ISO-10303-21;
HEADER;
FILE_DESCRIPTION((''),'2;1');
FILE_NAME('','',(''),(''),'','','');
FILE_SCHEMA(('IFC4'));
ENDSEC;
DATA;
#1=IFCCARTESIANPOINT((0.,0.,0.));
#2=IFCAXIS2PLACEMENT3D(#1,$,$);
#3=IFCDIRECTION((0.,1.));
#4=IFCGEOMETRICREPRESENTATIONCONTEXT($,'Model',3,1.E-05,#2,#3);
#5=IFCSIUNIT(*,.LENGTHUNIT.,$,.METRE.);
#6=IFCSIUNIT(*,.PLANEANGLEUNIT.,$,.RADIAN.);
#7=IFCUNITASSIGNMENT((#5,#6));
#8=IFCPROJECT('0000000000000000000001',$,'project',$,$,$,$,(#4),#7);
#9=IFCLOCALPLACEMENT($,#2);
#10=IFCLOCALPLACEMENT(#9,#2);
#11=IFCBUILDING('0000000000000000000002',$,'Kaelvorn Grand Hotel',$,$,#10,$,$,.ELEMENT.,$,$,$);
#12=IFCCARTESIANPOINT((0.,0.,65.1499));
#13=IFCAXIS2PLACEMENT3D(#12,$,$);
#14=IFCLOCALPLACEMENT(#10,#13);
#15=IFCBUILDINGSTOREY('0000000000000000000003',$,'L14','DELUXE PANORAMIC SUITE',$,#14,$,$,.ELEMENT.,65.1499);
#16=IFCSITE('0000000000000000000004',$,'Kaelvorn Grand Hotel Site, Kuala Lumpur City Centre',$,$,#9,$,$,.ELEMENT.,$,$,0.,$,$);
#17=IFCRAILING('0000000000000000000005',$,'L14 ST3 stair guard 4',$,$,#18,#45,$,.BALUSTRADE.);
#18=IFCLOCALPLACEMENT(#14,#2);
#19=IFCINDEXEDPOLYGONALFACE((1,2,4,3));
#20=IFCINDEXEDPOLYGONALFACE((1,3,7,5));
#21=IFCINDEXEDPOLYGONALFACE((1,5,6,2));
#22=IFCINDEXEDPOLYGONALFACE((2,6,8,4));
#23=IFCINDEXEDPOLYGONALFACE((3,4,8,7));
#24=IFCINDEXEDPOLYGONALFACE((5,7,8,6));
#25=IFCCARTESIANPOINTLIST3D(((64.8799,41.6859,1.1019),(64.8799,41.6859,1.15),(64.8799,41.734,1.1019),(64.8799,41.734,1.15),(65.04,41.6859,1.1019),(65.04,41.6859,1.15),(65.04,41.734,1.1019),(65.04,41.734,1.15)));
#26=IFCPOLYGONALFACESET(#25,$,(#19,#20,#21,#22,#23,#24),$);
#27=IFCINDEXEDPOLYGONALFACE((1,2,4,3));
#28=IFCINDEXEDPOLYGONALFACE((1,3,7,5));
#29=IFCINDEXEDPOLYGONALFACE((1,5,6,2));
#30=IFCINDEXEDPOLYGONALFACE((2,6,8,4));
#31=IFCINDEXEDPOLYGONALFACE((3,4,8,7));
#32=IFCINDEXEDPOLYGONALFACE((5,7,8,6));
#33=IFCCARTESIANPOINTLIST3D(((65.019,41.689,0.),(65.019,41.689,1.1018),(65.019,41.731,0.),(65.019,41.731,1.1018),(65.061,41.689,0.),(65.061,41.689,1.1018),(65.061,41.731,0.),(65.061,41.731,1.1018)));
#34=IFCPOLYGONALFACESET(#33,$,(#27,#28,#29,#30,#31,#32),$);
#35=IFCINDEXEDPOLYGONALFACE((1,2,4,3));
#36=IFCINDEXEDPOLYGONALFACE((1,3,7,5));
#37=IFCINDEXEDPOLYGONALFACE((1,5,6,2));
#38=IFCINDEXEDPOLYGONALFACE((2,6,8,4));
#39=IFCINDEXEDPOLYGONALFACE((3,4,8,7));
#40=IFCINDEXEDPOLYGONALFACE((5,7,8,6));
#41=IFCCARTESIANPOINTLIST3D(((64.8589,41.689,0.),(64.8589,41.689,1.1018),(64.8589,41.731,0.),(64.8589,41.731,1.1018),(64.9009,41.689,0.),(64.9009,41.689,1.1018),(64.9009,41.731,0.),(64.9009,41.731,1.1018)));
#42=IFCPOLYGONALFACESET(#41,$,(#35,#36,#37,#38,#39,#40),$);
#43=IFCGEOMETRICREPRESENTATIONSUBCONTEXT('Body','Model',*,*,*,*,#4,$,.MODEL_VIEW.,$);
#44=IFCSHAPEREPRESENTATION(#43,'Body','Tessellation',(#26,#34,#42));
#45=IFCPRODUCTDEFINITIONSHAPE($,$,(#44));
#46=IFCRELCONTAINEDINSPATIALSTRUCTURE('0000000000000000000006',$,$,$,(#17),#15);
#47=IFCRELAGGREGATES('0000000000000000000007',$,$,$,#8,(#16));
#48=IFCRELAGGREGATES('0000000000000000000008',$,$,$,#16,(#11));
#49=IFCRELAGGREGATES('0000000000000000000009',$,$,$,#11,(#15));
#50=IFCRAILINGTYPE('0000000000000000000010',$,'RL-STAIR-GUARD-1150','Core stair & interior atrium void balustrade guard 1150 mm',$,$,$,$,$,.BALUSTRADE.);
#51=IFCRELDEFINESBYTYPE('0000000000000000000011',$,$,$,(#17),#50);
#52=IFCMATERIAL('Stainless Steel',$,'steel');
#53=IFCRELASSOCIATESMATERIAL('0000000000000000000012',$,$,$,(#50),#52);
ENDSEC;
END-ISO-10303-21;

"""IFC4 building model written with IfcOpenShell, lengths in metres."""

from ifc_helpers import new_model, si_unit, direction, frame, origin, origin_2d, place, context, subcontext, project, spatial, rectangle, extrude, material, type_object, element, save


model = new_model("IFC4")

# Units and contexts
model_context = context("Model", 3, precision=1e-05, world=origin(), true_north=direction((0.0, 1.0)))
body_context = subcontext(model_context, "Body", "Model", "MODEL_VIEW")
ifc_project = project(units=[si_unit("LENGTHUNIT", "METRE"), si_unit("PLANEANGLEUNIT", "RADIAN")], contexts=[model_context])

# Site, building, storey
site_placement = place(None, origin())
site = spatial("IfcSite", under=ifc_project, at=site_placement, Name="Kaelvorn Grand Hotel Site, Kuala Lumpur City Centre", CompositionType="ELEMENT", RefElevation=0.0)
building_placement = place(site_placement, origin())
building = spatial("IfcBuilding", under=site, at=building_placement, Name="Kaelvorn Grand Hotel", CompositionType="ELEMENT")
storey_placement = place(building_placement, frame((0.0, 0.0, 65.1499)))
storey = spatial("IfcBuildingStorey", under=building, at=storey_placement, Name="L14", Description="DELUXE PANORAMIC SUITE", CompositionType="ELEMENT", Elevation=65.1499)

# Shared definitions
ifc_material_1 = material(Name="Stainless Steel", Category="steel")

# Railing
railing_type_1 = type_object("IfcRailingType", Name="RL-STAIR-GUARD-1150", Description="Core stair & interior atrium void balustrade guard 1150 mm", PredefinedType="BALUSTRADE", material=ifc_material_1)
railing_1_placement = place(storey_placement, frame((65.04, 41.71, 0.0)))
element("IfcRailing", 1, at=railing_1_placement, inside=storey, type_object=railing_type_1, Name="L14 ST3 stair guard 4", PredefinedType="BALUSTRADE", context=body_context, shape_type="SweptSolid", body=[
    extrude(rectangle(XDim=0.0481, YDim=0.0481, at=origin_2d()), frame((0.0, 0.0, 1.126), z_axis=(-1.0, 0.0, 0.0), x_axis=(0.0, -1.0, 0.0)), (0.0, 0.0, 1.0), 0.1602),
    extrude(rectangle(XDim=0.042, YDim=0.042, at=origin_2d()), origin(), (0.0, 0.0, 1.0), 1.1018),
    extrude(rectangle(XDim=0.042, YDim=0.042, at=origin_2d()), frame((-0.1602, 0.0, 0.0)), (0.0, 0.0, 1.0), 1.1018),
])

save(model, "model.ifc")
